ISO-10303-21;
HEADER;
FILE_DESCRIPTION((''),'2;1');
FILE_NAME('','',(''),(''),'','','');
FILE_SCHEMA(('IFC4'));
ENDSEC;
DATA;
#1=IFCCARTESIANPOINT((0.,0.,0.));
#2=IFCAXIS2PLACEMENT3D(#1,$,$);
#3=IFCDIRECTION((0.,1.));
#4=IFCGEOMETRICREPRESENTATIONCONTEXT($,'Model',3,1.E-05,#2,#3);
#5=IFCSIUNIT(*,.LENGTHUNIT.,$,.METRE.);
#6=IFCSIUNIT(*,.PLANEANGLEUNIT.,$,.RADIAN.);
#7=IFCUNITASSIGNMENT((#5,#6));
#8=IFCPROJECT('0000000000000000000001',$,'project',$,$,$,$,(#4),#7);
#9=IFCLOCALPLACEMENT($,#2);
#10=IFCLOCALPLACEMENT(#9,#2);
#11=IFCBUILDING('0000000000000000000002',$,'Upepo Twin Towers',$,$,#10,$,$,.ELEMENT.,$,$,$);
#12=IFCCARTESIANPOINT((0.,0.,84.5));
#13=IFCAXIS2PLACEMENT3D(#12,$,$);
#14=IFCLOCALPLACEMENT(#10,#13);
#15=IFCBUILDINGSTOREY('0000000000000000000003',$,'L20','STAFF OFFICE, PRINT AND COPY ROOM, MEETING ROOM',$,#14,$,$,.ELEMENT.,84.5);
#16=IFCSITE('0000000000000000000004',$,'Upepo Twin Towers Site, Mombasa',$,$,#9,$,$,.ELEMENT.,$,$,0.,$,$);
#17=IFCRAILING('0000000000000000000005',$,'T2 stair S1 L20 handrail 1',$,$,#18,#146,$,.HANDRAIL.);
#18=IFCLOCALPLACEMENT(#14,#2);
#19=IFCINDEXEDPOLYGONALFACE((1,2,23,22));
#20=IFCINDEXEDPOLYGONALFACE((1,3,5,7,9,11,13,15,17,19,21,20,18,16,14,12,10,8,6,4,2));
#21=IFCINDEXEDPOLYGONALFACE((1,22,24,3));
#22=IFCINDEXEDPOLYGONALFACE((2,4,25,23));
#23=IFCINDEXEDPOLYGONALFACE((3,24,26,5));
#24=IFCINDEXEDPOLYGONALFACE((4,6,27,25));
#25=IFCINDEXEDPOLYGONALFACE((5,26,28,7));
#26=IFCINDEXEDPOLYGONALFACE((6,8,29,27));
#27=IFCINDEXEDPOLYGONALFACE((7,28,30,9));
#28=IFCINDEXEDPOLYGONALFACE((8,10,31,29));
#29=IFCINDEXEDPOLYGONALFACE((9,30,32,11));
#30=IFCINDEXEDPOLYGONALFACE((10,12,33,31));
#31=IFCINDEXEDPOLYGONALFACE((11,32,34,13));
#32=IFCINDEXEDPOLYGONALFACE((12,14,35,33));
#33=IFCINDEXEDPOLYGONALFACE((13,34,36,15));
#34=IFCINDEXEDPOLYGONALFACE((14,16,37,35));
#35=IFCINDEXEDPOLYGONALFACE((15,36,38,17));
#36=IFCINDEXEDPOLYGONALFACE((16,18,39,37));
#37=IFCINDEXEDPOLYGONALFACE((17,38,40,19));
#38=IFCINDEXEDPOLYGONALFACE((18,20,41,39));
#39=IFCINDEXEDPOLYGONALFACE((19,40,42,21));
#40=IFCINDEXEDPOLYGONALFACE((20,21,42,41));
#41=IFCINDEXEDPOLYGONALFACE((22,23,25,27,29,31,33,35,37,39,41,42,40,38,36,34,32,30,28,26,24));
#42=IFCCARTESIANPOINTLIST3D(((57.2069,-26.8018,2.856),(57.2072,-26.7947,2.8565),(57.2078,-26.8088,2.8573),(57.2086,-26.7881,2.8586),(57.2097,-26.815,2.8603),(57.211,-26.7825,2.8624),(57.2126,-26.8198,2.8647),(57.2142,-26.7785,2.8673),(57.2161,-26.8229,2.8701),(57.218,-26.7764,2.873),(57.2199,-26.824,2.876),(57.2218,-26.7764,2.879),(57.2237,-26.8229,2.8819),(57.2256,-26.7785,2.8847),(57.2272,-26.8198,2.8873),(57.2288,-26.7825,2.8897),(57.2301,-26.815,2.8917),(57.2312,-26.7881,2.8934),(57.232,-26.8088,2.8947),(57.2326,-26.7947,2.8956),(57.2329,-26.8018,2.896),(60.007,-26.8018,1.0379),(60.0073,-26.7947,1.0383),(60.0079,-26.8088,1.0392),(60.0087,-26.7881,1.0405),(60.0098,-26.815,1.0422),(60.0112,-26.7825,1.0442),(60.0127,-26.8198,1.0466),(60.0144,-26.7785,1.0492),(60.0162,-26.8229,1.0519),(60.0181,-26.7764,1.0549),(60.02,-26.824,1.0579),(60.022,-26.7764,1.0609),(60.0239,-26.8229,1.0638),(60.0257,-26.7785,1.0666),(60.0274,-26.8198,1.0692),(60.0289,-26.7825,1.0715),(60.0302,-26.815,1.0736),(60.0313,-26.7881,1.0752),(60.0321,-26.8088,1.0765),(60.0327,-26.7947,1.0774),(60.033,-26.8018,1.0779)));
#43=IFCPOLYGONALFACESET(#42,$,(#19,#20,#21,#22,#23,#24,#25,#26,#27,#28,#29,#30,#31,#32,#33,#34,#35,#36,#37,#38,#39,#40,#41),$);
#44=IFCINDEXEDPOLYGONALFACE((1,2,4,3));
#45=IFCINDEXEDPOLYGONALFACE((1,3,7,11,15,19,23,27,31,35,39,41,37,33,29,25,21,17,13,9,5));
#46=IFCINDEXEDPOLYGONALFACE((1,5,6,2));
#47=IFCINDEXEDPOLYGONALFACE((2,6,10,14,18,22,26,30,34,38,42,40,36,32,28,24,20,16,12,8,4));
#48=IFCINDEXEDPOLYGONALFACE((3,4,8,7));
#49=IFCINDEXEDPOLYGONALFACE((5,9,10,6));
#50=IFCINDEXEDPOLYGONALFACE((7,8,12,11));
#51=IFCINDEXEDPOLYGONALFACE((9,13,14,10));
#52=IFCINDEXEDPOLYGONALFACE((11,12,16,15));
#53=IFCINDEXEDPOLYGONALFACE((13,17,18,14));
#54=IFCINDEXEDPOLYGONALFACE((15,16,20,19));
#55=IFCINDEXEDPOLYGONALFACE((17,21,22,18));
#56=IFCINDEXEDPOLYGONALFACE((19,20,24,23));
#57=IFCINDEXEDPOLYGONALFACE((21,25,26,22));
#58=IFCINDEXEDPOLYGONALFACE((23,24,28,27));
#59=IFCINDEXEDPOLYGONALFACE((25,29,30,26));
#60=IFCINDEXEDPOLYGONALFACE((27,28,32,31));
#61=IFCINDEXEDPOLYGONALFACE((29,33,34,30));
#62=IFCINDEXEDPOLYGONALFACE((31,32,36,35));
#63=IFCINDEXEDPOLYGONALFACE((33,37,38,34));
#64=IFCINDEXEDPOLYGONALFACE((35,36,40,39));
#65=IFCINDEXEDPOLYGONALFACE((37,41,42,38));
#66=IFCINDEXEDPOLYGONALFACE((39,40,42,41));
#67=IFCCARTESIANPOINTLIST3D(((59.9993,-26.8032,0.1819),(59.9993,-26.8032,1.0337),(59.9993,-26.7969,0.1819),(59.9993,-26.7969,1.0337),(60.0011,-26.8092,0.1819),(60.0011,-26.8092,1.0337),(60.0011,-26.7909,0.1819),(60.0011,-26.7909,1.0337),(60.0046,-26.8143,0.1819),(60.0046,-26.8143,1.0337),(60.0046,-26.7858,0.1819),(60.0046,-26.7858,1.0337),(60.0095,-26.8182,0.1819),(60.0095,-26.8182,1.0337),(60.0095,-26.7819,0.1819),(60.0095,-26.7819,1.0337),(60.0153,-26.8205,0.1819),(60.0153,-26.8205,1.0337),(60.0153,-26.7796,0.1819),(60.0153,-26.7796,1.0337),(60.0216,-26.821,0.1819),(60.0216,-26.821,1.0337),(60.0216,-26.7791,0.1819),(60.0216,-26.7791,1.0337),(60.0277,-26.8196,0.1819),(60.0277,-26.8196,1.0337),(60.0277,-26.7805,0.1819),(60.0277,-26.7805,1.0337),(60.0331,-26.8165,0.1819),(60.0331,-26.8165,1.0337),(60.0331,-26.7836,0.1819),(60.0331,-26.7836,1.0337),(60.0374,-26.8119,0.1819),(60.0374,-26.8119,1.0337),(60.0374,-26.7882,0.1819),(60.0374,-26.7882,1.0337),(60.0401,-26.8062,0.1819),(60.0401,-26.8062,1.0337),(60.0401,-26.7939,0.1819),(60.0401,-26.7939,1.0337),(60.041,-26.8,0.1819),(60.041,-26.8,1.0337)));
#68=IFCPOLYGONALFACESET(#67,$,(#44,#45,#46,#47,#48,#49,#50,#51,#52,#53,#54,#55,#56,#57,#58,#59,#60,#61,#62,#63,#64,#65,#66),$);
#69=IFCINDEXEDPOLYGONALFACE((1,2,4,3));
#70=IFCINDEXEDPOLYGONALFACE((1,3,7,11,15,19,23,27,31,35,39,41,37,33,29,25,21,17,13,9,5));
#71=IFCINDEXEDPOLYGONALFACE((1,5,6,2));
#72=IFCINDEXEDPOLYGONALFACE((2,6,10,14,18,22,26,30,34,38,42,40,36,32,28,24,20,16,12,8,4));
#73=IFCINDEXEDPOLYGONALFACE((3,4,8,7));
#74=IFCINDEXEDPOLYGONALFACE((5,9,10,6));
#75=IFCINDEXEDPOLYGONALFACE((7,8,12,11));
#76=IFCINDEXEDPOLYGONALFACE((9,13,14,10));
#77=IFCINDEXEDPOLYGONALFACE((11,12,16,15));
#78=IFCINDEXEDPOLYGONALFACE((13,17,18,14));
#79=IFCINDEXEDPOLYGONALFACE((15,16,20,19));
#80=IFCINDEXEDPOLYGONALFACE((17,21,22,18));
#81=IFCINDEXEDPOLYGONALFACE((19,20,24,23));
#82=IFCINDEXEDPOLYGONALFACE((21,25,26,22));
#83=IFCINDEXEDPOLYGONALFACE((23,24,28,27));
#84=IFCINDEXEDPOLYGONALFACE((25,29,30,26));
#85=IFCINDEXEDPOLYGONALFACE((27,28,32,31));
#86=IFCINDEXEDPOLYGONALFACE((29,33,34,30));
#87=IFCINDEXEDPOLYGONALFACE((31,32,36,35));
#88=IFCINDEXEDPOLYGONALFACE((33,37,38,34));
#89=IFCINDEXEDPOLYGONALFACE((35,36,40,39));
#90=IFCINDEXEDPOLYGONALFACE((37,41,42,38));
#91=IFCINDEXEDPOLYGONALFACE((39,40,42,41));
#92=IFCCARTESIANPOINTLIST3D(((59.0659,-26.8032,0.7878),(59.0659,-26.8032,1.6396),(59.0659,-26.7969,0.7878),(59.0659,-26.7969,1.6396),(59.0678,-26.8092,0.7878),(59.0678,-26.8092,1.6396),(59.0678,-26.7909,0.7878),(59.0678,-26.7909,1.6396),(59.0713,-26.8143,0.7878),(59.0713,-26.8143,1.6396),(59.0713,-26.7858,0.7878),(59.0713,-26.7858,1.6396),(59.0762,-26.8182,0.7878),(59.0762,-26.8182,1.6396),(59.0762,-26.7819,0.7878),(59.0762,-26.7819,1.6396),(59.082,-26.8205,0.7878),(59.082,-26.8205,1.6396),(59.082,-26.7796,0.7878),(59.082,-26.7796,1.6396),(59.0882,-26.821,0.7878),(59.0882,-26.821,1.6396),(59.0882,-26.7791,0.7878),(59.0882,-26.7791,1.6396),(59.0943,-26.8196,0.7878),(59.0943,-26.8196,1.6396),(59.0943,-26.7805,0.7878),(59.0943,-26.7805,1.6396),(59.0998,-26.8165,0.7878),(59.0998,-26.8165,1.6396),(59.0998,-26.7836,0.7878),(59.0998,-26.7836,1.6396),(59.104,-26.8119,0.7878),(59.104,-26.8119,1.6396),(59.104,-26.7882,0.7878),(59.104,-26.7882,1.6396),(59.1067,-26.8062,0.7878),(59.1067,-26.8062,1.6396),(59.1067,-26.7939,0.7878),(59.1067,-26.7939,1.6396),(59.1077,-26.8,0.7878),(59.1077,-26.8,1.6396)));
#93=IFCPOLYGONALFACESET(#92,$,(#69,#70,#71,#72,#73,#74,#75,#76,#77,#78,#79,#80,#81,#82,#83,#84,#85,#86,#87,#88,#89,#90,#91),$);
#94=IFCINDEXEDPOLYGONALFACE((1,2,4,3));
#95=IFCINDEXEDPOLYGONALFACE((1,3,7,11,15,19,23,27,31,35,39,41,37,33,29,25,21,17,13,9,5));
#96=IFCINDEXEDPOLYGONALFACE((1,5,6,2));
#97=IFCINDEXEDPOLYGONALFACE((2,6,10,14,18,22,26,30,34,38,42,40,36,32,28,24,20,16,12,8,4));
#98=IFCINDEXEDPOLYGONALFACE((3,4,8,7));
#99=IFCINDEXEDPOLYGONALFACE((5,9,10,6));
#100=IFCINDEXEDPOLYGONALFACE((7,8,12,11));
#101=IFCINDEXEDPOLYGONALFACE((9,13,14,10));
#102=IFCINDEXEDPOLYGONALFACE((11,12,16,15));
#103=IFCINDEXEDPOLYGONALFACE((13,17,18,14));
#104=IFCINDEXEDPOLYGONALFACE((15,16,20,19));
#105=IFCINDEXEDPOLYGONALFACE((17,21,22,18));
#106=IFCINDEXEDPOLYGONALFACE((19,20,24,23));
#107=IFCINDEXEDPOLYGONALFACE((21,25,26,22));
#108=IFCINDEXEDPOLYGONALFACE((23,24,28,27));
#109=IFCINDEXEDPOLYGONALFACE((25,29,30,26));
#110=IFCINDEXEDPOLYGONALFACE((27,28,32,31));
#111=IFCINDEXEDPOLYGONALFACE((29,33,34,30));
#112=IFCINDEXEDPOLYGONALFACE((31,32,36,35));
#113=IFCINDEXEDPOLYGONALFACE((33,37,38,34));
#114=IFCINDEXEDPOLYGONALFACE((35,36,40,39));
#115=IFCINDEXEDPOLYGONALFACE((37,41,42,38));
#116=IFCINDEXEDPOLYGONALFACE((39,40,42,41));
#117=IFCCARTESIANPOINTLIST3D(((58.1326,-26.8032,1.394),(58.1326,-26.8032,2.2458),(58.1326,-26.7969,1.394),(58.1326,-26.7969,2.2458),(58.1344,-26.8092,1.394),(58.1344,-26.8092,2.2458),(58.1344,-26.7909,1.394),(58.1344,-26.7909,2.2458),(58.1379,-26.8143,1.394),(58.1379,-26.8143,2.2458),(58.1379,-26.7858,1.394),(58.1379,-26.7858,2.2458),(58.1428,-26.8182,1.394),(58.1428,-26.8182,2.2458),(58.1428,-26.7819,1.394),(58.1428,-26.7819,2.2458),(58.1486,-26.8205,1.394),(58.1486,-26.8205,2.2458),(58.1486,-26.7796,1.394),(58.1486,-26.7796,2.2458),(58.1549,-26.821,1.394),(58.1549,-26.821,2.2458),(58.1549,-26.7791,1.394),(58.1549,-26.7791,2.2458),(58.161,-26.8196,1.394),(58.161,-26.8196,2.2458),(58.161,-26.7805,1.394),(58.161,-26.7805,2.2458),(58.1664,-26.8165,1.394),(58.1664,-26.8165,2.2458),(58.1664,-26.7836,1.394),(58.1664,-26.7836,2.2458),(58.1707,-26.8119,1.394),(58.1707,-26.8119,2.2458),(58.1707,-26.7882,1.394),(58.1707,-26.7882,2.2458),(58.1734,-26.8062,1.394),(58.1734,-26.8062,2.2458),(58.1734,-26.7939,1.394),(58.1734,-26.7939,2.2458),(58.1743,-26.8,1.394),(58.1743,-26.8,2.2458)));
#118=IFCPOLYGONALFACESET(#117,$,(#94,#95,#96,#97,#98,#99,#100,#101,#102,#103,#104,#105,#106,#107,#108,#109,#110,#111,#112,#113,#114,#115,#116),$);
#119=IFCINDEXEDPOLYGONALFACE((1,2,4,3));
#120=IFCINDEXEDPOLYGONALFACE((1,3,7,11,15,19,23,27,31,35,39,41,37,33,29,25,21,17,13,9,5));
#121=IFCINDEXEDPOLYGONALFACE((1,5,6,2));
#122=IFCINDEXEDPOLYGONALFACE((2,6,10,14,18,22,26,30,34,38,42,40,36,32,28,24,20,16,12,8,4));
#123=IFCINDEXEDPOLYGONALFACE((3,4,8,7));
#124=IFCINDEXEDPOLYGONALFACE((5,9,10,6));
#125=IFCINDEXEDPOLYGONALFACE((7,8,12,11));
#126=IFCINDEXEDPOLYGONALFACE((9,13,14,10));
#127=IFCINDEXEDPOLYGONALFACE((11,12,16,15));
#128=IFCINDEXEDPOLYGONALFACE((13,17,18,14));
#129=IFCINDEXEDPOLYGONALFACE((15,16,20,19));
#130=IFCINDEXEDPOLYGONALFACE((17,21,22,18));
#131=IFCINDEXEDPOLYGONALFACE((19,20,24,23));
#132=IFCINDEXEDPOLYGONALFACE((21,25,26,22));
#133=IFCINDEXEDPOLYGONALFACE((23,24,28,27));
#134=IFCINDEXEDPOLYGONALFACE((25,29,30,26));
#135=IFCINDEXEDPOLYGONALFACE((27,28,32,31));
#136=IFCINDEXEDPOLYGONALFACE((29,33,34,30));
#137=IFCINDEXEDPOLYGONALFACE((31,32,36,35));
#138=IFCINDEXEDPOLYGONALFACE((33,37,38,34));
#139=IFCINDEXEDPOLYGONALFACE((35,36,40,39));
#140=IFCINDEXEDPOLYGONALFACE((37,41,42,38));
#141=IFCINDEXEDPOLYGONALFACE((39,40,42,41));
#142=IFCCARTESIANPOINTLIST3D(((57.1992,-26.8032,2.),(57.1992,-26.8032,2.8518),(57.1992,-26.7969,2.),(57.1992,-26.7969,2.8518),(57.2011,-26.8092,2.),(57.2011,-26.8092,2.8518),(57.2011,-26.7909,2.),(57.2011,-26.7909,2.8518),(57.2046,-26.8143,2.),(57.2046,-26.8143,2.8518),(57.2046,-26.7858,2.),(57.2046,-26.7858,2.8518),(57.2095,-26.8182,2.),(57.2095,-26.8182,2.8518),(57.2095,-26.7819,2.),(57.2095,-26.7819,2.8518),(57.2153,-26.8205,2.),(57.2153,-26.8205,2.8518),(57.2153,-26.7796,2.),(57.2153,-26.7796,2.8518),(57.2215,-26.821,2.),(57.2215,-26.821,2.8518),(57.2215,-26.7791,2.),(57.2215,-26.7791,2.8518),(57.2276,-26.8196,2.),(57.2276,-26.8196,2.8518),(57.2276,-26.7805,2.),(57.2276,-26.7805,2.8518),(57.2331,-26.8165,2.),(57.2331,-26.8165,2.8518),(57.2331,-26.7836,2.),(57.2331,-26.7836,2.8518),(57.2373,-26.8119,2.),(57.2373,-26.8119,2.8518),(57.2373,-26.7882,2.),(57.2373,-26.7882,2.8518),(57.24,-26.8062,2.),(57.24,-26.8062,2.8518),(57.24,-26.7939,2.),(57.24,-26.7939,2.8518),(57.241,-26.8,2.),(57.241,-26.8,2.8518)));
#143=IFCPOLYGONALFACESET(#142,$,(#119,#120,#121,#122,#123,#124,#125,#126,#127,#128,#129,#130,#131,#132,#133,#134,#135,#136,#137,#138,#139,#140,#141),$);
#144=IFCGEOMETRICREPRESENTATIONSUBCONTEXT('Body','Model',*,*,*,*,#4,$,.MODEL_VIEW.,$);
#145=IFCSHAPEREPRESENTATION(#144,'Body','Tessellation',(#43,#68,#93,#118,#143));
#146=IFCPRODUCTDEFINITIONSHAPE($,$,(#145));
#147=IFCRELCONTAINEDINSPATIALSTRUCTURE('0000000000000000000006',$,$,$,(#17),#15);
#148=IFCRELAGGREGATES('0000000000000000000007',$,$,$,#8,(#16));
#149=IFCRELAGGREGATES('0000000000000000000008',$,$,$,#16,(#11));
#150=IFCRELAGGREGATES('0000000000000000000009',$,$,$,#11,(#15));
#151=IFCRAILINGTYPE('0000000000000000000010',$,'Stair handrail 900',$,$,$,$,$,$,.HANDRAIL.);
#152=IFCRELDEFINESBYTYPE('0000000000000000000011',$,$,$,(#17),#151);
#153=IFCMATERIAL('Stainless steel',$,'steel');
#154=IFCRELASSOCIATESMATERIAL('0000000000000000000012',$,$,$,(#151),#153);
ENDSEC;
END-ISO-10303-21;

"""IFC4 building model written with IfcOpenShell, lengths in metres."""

from ifc_helpers import new_model, si_unit, direction, frame, origin, origin_2d, place, context, subcontext, project, spatial, circle, extrude, material, type_object, element, save


model = new_model("IFC4")

# Units and contexts
model_context = context("Model", 3, precision=1e-05, world=origin(), true_north=direction((0.0, 1.0)))
body_context = subcontext(model_context, "Body", "Model", "MODEL_VIEW")
ifc_project = project(units=[si_unit("LENGTHUNIT", "METRE"), si_unit("PLANEANGLEUNIT", "RADIAN")], contexts=[model_context])

# Site, building, storey
site_placement = place(None, origin())
site = spatial("IfcSite", under=ifc_project, at=site_placement, Name="Upepo Twin Towers Site, Mombasa", CompositionType="ELEMENT", RefElevation=0.0)
building_placement = place(site_placement, origin())
building = spatial("IfcBuilding", under=site, at=building_placement, Name="Upepo Twin Towers", CompositionType="ELEMENT")
storey_placement = place(building_placement, frame((0.0, 0.0, 84.5)))
storey = spatial("IfcBuildingStorey", under=building, at=storey_placement, Name="L20", Description="STAFF OFFICE, PRINT AND COPY ROOM, MEETING ROOM", CompositionType="ELEMENT", Elevation=84.5)

# Railing
ifc_material_1 = material(Name="Stainless steel", Category="steel")
railing_type = type_object("IfcRailingType", Name="Stair handrail 900", PredefinedType="HANDRAIL", material=ifc_material_1)
railing_1_placement = place(storey_placement, frame((60.02, -26.8, 0.1819)))
element("IfcRailing", 1, at=railing_1_placement, inside=storey, type_object=railing_type, Name="T2 stair S1 L20 handrail 1", PredefinedType="HANDRAIL", context=body_context, shape_type="SweptSolid", body=[
    extrude(circle(Radius=0.0239, at=origin_2d()), frame((0.0, 0.0, 0.876), z_axis=(-0.838706, 0.0, 0.544585), x_axis=(0.0, -1.0, 0.0)), (0.0, 0.0, 1.0), 3.3386),
    extrude(circle(Radius=0.021, at=origin_2d()), origin(), (0.0, 0.0, 1.0), 0.8518),
    extrude(circle(Radius=0.021, at=origin_2d()), frame((-0.9333, 0.0, 0.606)), (0.0, 0.0, 1.0), 0.8518),
    extrude(circle(Radius=0.021, at=origin_2d()), frame((-1.8667, 0.0, 1.2122)), (0.0, 0.0, 1.0), 0.8518),
    extrude(circle(Radius=0.021, at=origin_2d()), frame((-2.8, 0.0, 1.8181)), (0.0, 0.0, 1.0), 0.8518),
])

save(model, "model.ifc")
